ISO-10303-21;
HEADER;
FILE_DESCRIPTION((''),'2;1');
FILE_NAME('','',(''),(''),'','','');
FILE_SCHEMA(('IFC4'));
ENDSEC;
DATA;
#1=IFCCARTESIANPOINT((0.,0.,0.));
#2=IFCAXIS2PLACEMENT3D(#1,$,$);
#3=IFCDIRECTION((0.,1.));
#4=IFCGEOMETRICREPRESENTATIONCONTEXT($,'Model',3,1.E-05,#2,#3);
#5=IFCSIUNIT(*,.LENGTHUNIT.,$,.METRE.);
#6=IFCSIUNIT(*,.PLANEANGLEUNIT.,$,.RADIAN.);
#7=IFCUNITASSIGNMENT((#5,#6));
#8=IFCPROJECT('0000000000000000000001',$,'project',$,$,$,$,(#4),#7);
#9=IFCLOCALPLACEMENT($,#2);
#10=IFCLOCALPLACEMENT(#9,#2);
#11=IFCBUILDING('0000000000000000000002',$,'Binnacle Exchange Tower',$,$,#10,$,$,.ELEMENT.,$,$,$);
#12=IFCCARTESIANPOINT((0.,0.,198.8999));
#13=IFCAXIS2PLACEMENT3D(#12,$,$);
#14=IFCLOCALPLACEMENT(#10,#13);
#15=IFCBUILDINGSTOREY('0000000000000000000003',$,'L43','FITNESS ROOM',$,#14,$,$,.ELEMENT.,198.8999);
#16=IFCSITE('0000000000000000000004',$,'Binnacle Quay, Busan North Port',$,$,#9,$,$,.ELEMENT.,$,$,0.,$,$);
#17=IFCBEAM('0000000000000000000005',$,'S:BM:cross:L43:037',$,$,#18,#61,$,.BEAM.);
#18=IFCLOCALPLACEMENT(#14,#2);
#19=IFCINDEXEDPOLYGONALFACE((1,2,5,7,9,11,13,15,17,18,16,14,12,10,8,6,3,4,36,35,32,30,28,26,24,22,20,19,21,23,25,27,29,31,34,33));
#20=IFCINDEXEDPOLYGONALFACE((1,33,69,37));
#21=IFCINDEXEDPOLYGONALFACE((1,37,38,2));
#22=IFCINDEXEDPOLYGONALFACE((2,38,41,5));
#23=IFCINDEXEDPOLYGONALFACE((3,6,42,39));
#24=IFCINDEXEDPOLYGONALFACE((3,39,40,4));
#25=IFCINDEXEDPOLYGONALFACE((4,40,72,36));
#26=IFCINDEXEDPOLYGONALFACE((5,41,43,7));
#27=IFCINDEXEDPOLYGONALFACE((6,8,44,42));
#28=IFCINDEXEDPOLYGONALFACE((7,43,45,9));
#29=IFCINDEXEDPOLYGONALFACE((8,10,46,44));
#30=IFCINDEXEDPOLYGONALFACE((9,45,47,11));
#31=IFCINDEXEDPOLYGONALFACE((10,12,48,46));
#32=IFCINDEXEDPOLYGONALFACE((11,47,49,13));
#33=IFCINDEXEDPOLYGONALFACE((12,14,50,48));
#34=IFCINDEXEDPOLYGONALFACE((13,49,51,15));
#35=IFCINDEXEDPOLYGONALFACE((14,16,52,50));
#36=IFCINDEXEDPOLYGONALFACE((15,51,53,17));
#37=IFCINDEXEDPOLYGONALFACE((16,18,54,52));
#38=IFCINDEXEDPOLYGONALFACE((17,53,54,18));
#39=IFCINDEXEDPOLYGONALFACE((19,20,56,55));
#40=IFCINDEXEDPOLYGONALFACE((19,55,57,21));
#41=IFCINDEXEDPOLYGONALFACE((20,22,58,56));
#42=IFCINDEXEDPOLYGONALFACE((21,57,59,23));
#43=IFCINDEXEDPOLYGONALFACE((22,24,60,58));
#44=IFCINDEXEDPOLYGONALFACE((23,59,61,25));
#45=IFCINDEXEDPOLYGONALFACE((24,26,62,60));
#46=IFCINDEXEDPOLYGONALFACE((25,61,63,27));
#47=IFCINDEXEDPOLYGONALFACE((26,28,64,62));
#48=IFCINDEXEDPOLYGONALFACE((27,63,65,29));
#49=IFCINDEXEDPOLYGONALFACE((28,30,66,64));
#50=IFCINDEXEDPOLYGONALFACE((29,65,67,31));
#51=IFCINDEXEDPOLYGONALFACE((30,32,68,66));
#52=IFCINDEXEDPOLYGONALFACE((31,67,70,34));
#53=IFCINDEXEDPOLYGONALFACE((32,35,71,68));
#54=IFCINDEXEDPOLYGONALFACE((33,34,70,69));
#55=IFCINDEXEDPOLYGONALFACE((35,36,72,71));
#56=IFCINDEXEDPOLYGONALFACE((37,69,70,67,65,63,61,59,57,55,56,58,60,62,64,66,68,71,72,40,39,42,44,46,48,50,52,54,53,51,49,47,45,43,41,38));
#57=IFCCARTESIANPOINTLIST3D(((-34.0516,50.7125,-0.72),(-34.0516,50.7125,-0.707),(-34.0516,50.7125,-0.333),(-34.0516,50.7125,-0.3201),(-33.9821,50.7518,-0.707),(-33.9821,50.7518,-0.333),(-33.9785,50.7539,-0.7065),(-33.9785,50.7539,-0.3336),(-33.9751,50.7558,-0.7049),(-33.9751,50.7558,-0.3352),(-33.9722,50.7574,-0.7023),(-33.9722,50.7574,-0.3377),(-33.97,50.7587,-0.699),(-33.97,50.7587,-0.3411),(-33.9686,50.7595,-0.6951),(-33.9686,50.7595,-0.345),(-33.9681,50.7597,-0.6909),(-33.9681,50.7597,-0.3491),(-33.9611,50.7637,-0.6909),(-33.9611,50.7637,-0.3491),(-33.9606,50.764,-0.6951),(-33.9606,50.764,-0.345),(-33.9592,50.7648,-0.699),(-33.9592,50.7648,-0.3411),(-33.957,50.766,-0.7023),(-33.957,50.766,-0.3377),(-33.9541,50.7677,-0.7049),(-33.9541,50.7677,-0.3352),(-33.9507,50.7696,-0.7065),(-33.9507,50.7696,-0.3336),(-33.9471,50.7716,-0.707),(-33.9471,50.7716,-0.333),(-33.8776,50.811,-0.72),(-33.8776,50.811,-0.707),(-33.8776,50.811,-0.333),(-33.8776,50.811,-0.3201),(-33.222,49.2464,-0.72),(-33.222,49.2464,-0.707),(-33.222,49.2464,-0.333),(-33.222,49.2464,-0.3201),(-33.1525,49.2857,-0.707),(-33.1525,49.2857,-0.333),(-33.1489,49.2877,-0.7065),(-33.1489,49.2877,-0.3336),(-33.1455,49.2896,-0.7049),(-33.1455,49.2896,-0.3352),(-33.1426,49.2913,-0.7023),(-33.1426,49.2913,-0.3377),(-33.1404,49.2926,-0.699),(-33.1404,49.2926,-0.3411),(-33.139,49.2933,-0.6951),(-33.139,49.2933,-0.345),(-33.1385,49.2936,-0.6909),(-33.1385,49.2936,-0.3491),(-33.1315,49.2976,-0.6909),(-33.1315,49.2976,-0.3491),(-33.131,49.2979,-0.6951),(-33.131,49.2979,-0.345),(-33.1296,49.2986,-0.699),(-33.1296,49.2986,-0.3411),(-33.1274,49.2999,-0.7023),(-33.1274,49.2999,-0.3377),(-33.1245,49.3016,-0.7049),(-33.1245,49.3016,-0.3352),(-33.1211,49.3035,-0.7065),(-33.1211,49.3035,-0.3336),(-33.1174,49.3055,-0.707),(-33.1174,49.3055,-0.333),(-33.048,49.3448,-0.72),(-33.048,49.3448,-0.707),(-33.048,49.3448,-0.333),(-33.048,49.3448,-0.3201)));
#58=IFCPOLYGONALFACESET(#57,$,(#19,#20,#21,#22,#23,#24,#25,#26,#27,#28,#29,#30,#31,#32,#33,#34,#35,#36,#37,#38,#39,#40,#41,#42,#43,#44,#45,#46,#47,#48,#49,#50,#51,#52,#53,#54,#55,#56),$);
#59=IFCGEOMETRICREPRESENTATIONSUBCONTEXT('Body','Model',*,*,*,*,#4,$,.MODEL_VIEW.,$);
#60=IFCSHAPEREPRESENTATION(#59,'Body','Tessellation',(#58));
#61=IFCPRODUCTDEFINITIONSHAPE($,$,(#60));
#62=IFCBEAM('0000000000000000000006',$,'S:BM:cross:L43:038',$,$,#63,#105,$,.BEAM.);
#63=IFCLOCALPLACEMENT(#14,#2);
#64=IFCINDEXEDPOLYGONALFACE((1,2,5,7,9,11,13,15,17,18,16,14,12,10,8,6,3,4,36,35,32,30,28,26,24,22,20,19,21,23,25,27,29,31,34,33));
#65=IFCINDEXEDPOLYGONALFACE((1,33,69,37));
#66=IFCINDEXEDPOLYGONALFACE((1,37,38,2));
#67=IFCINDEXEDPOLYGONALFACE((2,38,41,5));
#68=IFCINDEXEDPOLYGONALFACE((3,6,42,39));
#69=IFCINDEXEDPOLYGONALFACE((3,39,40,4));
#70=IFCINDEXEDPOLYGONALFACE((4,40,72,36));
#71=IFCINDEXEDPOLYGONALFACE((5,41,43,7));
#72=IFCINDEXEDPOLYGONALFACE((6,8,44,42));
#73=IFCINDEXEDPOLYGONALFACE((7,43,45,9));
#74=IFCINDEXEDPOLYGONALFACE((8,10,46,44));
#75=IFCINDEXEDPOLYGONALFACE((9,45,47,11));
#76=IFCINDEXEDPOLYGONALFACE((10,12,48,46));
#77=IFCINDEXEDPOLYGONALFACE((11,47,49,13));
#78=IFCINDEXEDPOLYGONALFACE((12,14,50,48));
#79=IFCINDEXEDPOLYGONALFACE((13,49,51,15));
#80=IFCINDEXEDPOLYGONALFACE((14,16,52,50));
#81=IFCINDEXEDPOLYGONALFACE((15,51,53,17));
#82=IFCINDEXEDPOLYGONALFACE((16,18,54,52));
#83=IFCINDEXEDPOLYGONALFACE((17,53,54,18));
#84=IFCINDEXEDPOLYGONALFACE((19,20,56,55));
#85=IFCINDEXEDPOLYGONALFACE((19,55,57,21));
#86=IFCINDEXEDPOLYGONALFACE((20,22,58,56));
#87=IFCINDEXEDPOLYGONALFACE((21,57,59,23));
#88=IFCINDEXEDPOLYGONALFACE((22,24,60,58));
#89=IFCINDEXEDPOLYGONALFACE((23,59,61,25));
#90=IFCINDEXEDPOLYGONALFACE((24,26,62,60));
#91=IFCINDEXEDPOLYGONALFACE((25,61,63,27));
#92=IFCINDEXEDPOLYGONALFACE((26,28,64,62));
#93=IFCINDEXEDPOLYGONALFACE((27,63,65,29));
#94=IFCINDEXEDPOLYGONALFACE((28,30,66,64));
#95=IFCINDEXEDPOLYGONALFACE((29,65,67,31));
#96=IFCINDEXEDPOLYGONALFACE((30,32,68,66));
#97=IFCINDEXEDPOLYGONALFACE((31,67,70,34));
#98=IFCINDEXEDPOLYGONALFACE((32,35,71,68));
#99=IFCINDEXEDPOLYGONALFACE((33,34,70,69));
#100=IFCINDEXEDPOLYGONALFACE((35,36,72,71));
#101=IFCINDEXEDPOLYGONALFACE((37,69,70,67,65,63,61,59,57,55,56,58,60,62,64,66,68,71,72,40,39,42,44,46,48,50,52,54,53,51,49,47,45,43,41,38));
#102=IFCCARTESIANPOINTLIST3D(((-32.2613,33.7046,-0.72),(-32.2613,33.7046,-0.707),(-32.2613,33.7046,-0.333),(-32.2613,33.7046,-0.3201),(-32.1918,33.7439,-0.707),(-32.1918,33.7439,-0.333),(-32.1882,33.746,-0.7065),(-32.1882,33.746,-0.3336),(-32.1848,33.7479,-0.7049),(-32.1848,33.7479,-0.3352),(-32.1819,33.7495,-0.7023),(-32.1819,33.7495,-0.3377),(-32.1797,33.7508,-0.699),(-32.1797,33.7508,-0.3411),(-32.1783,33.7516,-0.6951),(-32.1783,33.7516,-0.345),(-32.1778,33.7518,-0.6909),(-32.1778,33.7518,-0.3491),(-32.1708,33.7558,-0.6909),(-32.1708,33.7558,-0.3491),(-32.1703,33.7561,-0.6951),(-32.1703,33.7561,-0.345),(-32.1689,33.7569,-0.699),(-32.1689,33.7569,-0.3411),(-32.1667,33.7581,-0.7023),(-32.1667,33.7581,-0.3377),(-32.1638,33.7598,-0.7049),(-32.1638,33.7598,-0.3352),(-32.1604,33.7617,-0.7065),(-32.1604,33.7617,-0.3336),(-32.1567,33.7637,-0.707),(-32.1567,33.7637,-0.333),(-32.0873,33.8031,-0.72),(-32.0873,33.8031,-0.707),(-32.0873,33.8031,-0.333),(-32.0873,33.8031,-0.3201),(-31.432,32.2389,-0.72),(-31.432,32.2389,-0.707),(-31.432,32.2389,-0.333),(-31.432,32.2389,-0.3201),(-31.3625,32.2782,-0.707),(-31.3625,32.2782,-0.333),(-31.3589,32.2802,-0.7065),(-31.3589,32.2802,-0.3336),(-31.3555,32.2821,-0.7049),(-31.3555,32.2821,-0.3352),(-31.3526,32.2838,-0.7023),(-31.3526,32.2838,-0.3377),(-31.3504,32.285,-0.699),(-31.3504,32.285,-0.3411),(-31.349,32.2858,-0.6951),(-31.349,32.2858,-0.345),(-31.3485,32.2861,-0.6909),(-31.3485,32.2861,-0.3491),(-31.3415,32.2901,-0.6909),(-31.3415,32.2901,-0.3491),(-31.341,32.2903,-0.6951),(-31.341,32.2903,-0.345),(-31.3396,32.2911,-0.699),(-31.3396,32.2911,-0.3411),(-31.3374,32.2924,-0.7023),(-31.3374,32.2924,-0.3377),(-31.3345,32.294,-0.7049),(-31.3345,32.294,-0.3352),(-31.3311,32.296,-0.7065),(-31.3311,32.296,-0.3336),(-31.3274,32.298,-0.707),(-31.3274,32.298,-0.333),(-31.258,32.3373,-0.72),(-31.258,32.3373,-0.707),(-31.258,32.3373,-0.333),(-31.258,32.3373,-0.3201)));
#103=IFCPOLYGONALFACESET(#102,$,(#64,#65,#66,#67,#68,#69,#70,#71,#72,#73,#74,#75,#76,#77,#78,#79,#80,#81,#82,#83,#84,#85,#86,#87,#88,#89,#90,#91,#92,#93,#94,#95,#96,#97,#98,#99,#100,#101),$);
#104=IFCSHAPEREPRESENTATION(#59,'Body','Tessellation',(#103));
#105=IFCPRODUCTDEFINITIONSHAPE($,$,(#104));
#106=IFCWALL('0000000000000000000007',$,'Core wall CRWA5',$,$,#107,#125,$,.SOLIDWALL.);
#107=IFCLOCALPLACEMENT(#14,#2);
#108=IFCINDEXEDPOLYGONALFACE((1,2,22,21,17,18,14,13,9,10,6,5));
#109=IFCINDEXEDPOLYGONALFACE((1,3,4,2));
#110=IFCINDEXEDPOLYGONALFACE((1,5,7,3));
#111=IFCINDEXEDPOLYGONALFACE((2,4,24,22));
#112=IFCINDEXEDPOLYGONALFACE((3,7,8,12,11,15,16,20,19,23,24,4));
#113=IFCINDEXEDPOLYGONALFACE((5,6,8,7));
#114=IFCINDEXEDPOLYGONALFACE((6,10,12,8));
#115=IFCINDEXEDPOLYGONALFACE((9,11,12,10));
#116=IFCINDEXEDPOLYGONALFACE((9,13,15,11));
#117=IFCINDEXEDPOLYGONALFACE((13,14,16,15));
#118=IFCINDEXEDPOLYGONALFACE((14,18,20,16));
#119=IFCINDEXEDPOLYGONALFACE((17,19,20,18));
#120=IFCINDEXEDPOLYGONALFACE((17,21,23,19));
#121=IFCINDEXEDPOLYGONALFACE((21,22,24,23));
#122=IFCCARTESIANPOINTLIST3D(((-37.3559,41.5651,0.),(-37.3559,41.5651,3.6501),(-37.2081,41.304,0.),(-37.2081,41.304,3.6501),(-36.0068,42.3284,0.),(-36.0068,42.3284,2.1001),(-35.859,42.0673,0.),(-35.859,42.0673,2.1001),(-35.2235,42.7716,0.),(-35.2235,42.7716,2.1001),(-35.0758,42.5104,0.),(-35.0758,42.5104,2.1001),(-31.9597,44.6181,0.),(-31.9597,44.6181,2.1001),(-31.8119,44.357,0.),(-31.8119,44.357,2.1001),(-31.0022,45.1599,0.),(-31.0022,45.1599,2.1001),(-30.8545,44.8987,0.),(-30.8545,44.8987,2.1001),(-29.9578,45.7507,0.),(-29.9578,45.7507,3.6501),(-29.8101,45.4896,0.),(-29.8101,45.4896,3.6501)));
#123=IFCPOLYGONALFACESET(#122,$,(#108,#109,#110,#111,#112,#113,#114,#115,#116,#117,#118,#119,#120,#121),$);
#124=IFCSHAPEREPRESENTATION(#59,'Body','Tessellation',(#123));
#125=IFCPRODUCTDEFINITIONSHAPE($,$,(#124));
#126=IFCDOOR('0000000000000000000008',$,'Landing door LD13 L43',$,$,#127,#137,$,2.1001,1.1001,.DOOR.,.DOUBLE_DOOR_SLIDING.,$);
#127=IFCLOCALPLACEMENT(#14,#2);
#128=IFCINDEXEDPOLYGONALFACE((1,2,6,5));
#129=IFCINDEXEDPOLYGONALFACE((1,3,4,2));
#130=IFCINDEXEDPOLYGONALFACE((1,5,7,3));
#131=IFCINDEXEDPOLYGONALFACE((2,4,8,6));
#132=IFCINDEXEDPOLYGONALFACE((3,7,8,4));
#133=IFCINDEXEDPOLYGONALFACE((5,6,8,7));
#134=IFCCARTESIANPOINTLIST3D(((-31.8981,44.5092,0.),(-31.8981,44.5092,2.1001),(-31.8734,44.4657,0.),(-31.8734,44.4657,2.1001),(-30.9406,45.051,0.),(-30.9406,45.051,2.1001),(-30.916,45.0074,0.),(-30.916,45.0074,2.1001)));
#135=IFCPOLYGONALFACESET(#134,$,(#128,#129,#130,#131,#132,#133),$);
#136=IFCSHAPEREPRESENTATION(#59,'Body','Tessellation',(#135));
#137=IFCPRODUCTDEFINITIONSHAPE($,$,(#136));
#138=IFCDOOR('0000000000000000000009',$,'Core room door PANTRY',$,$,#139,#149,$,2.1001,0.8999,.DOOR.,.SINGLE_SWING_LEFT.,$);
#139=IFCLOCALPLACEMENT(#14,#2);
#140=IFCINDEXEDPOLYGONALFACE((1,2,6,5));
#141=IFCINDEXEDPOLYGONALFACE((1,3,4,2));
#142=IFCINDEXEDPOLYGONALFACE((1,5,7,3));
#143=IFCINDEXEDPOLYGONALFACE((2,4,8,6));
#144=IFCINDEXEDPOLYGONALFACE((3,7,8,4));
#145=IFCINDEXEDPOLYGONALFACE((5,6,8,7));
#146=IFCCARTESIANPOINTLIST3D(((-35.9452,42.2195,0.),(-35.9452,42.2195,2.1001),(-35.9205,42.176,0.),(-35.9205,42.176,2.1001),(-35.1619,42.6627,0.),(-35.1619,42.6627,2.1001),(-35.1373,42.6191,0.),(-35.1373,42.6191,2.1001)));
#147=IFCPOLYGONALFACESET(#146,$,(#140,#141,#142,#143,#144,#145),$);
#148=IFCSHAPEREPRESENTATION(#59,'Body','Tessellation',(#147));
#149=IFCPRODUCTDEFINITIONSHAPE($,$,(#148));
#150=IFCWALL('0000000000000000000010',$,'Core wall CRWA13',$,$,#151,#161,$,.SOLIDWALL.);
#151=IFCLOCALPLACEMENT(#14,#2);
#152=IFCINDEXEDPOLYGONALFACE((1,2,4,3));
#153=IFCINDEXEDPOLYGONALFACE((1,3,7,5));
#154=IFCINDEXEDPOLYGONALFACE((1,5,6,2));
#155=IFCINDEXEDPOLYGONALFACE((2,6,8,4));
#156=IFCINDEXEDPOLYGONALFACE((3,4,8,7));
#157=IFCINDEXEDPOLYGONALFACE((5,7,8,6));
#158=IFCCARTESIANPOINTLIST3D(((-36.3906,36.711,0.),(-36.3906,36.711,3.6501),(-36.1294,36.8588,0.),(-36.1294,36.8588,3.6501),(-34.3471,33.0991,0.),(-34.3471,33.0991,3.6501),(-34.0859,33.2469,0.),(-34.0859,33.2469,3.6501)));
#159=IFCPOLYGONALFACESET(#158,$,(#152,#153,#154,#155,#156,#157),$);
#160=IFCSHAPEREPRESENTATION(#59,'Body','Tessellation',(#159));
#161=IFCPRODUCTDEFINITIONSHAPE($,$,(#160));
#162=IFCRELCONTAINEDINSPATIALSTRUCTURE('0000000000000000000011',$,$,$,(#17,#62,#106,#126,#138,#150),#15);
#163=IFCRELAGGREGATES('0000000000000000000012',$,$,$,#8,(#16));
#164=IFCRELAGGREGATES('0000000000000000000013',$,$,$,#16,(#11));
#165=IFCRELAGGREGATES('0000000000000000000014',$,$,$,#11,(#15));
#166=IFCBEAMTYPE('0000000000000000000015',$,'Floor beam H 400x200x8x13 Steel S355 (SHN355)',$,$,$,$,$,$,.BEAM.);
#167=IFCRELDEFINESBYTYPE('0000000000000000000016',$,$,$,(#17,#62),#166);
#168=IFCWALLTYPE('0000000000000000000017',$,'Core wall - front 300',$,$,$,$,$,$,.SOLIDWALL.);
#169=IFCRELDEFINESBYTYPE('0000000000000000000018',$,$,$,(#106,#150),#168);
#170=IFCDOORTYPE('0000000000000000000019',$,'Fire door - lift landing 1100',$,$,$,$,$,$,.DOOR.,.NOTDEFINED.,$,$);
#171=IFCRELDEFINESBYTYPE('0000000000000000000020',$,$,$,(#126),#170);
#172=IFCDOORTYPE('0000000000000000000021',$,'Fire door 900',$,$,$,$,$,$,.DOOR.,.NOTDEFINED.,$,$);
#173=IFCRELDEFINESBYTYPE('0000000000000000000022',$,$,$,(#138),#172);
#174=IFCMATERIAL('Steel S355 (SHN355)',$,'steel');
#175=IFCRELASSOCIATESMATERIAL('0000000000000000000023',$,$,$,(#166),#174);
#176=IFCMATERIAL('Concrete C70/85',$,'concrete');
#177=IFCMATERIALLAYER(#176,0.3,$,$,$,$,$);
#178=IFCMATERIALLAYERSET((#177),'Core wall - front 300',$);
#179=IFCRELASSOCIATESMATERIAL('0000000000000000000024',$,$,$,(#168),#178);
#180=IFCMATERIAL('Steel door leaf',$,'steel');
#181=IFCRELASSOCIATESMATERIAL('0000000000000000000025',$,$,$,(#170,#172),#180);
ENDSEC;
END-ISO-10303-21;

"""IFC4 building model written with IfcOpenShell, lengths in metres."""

from ifc_helpers import new_model, si_unit, direction, frame, frame_2d, origin, origin_2d, place, context, subcontext, project, spatial, rectangle, i_section, extrude, material, layer, layer_set, material_profile, profile_set, type_object, element, fill, save


model = new_model("IFC4")

# Units and contexts
model_context = context("Model", 3, precision=1e-05, world=origin(), true_north=direction((0.0, 1.0)))
body_context = subcontext(model_context, "Body", "Model", "MODEL_VIEW")
ifc_project = project(units=[si_unit("LENGTHUNIT", "METRE"), si_unit("PLANEANGLEUNIT", "RADIAN")], contexts=[model_context])

# Site, building, storey
site_placement = place(None, origin())
site = spatial("IfcSite", under=ifc_project, at=site_placement, Name="Binnacle Quay, Busan North Port", CompositionType="ELEMENT", RefElevation=0.0)
building_placement = place(site_placement, origin())
building = spatial("IfcBuilding", under=site, at=building_placement, Name="Binnacle Exchange Tower", CompositionType="ELEMENT")
storey_placement = place(building_placement, frame((0.0, 0.0, 198.8999)))
storey = spatial("IfcBuildingStorey", under=building, at=storey_placement, Name="L43", Description="FITNESS ROOM", CompositionType="ELEMENT", Elevation=198.8999)

# Shared definitions
ifc_material_1 = material(Name="Concrete C70/85", Category="concrete")

# Beams
ifc_material_2 = material(Name="Steel S355 (SHN355)", Category="steel")
ifc_material_profile_1 = material_profile(ifc_material_2, i_section(OverallWidth=0.2, OverallDepth=0.3999, WebThickness=0.0081, FlangeThickness=0.0129, FilletRadius=0.0161, at=origin_2d()), Name="H 400x200x8x13")
ifc_profile_set_1 = profile_set([ifc_material_profile_1], Name="Steel S355 (SHN355)")
beam_type_1 = type_object("IfcBeamType", Name="Floor beam H 400x200x8x13 Steel S355 (SHN355)", PredefinedType="BEAM", material=ifc_profile_set_1)
beam_1_placement = place(storey_placement, frame((-33.9646, 50.7617, -0.52), z_axis=(0.492482, -0.870322, 0.0), x_axis=(0.870322, 0.492482, 0.0)))
element("IfcBeam", 1, at=beam_1_placement, inside=storey, type_object=beam_type_1, Name="S:BM:cross:L43:037", PredefinedType="BEAM", context=body_context, shape_type="SweptSolid", body=[
    extrude(i_section(OverallWidth=0.2, OverallDepth=0.3999, WebThickness=0.0081, FlangeThickness=0.0129, FilletRadius=0.0161, at=origin_2d()), origin(), (0.0, 0.0, 1.0), 1.6846),
])
beam_2_placement = place(storey_placement, frame((-31.345, 32.2881, -0.52), z_axis=(-0.492435, 0.870349, 0.0), x_axis=(-0.870349, -0.492435, 0.0)))
element("IfcBeam", 2, at=beam_2_placement, inside=storey, type_object=beam_type_1, Name="S:BM:cross:L43:038", PredefinedType="BEAM", context=body_context, shape_type="SweptSolid", body=[
    extrude(i_section(OverallWidth=0.2, OverallDepth=0.3999, WebThickness=0.0081, FlangeThickness=0.0129, FilletRadius=0.0161, at=origin_2d()), origin(), (0.0, 0.0, 1.0), 1.6841),
])

# Wall, openings, doors
ifc_layer_1 = layer(ifc_material_1, 0.3)
ifc_layer_set_1 = layer_set([ifc_layer_1], Name="Core wall - front 300")
wall_type_1 = type_object("IfcWallType", Name="Core wall - front 300", PredefinedType="SOLIDWALL", material=ifc_layer_set_1)
wall_1_placement = place(storey_placement, frame((-37.282, 41.4346, 0.0), z_axis=(0.0, 0.0, 1.0), x_axis=(0.870356, 0.492423, 0.0)))
wall_1 = element("IfcWall", 3, at=wall_1_placement, inside=storey, type_object=wall_type_1, Name="Core wall CRWA5", PredefinedType="SOLIDWALL", context=body_context, shape_type="SweptSolid", body=[
    extrude(rectangle(XDim=8.5, YDim=0.3, at=frame_2d((4.25, 0.0))), origin(), (0.0, 0.0, 1.0), 3.6501),
])
opening_1_placement = place(wall_1_placement, frame((6.2, 0.0, 0.0)))
opening_1 = element("IfcOpeningElement", 4, at=opening_1_placement, cuts=wall_1, PredefinedType="OPENING", context=body_context, shape_type="SweptSolid", body=[
    extrude(rectangle(XDim=1.1001, YDim=2.1001, at=frame_2d((0.55, 1.05))), frame((0.0, 0.1599, 0.0), z_axis=(0.0, -1.0, 0.0), x_axis=(1.0, 0.0, 0.0)), (0.0, 0.0, 1.0), 0.3201),
])
opening_2_placement = place(wall_1_placement, frame((1.55, 0.0, 0.0)))
opening_2 = element("IfcOpeningElement", 5, at=opening_2_placement, cuts=wall_1, PredefinedType="OPENING", context=body_context, shape_type="SweptSolid", body=[
    extrude(rectangle(XDim=0.8999, YDim=2.1001, at=frame_2d((0.45, 1.05))), frame((0.0, 0.1599, 0.0), z_axis=(0.0, -1.0, 0.0), x_axis=(1.0, 0.0, 0.0)), (0.0, 0.0, 1.0), 0.3201),
])
ifc_material_3 = material(Name="Steel door leaf", Category="steel")
door_type_1 = type_object("IfcDoorType", Name="Fire door - lift landing 1100", OperationType="NOTDEFINED", PredefinedType="DOOR", material=ifc_material_3)
door_1_placement = place(opening_1_placement, origin())
door_1 = element("IfcDoor", 6, at=door_1_placement, inside=storey, type_object=door_type_1, Name="Landing door LD13 L43", OperationType="DOUBLE_DOOR_SLIDING", OverallHeight=2.1001, OverallWidth=1.1001, PredefinedType="DOOR", context=body_context, shape_type="SweptSolid", body=[
    extrude(rectangle(XDim=1.1001, YDim=2.1001, at=frame_2d((0.55, 1.05))), frame((0.0, 0.0249, 0.0), z_axis=(0.0, -1.0, 0.0), x_axis=(1.0, 0.0, 0.0)), (0.0, 0.0, 1.0), 0.05),
])
fill(opening_1, door_1)
door_type_2 = type_object("IfcDoorType", Name="Fire door 900", OperationType="NOTDEFINED", PredefinedType="DOOR", material=ifc_material_3)
door_2_placement = place(opening_2_placement, origin())
door_2 = element("IfcDoor", 7, at=door_2_placement, inside=storey, type_object=door_type_2, Name="Core room door PANTRY", OperationType="SINGLE_SWING_LEFT", OverallHeight=2.1001, OverallWidth=0.8999, PredefinedType="DOOR", context=body_context, shape_type="SweptSolid", body=[
    extrude(rectangle(XDim=0.8999, YDim=2.1001, at=frame_2d((0.45, 1.05))), frame((0.0, 0.0249, 0.0), z_axis=(0.0, -1.0, 0.0), x_axis=(1.0, 0.0, 0.0)), (0.0, 0.0, 1.0), 0.05),
])
fill(opening_2, door_2)

# Wall
wall_2_placement = place(storey_placement, frame((-36.26, 36.7849, 0.0), z_axis=(0.0, 0.0, 1.0), x_axis=(0.492422, -0.870357, 0.0)))
element("IfcWall", 8, at=wall_2_placement, inside=storey, type_object=wall_type_1, Name="Core wall CRWA13", PredefinedType="SOLIDWALL", context=body_context, shape_type="SweptSolid", body=[
    extrude(rectangle(XDim=4.1499, YDim=0.3, at=frame_2d((2.075, 0.0))), origin(), (0.0, 0.0, 1.0), 3.6501),
])

save(model, "model.ifc")
